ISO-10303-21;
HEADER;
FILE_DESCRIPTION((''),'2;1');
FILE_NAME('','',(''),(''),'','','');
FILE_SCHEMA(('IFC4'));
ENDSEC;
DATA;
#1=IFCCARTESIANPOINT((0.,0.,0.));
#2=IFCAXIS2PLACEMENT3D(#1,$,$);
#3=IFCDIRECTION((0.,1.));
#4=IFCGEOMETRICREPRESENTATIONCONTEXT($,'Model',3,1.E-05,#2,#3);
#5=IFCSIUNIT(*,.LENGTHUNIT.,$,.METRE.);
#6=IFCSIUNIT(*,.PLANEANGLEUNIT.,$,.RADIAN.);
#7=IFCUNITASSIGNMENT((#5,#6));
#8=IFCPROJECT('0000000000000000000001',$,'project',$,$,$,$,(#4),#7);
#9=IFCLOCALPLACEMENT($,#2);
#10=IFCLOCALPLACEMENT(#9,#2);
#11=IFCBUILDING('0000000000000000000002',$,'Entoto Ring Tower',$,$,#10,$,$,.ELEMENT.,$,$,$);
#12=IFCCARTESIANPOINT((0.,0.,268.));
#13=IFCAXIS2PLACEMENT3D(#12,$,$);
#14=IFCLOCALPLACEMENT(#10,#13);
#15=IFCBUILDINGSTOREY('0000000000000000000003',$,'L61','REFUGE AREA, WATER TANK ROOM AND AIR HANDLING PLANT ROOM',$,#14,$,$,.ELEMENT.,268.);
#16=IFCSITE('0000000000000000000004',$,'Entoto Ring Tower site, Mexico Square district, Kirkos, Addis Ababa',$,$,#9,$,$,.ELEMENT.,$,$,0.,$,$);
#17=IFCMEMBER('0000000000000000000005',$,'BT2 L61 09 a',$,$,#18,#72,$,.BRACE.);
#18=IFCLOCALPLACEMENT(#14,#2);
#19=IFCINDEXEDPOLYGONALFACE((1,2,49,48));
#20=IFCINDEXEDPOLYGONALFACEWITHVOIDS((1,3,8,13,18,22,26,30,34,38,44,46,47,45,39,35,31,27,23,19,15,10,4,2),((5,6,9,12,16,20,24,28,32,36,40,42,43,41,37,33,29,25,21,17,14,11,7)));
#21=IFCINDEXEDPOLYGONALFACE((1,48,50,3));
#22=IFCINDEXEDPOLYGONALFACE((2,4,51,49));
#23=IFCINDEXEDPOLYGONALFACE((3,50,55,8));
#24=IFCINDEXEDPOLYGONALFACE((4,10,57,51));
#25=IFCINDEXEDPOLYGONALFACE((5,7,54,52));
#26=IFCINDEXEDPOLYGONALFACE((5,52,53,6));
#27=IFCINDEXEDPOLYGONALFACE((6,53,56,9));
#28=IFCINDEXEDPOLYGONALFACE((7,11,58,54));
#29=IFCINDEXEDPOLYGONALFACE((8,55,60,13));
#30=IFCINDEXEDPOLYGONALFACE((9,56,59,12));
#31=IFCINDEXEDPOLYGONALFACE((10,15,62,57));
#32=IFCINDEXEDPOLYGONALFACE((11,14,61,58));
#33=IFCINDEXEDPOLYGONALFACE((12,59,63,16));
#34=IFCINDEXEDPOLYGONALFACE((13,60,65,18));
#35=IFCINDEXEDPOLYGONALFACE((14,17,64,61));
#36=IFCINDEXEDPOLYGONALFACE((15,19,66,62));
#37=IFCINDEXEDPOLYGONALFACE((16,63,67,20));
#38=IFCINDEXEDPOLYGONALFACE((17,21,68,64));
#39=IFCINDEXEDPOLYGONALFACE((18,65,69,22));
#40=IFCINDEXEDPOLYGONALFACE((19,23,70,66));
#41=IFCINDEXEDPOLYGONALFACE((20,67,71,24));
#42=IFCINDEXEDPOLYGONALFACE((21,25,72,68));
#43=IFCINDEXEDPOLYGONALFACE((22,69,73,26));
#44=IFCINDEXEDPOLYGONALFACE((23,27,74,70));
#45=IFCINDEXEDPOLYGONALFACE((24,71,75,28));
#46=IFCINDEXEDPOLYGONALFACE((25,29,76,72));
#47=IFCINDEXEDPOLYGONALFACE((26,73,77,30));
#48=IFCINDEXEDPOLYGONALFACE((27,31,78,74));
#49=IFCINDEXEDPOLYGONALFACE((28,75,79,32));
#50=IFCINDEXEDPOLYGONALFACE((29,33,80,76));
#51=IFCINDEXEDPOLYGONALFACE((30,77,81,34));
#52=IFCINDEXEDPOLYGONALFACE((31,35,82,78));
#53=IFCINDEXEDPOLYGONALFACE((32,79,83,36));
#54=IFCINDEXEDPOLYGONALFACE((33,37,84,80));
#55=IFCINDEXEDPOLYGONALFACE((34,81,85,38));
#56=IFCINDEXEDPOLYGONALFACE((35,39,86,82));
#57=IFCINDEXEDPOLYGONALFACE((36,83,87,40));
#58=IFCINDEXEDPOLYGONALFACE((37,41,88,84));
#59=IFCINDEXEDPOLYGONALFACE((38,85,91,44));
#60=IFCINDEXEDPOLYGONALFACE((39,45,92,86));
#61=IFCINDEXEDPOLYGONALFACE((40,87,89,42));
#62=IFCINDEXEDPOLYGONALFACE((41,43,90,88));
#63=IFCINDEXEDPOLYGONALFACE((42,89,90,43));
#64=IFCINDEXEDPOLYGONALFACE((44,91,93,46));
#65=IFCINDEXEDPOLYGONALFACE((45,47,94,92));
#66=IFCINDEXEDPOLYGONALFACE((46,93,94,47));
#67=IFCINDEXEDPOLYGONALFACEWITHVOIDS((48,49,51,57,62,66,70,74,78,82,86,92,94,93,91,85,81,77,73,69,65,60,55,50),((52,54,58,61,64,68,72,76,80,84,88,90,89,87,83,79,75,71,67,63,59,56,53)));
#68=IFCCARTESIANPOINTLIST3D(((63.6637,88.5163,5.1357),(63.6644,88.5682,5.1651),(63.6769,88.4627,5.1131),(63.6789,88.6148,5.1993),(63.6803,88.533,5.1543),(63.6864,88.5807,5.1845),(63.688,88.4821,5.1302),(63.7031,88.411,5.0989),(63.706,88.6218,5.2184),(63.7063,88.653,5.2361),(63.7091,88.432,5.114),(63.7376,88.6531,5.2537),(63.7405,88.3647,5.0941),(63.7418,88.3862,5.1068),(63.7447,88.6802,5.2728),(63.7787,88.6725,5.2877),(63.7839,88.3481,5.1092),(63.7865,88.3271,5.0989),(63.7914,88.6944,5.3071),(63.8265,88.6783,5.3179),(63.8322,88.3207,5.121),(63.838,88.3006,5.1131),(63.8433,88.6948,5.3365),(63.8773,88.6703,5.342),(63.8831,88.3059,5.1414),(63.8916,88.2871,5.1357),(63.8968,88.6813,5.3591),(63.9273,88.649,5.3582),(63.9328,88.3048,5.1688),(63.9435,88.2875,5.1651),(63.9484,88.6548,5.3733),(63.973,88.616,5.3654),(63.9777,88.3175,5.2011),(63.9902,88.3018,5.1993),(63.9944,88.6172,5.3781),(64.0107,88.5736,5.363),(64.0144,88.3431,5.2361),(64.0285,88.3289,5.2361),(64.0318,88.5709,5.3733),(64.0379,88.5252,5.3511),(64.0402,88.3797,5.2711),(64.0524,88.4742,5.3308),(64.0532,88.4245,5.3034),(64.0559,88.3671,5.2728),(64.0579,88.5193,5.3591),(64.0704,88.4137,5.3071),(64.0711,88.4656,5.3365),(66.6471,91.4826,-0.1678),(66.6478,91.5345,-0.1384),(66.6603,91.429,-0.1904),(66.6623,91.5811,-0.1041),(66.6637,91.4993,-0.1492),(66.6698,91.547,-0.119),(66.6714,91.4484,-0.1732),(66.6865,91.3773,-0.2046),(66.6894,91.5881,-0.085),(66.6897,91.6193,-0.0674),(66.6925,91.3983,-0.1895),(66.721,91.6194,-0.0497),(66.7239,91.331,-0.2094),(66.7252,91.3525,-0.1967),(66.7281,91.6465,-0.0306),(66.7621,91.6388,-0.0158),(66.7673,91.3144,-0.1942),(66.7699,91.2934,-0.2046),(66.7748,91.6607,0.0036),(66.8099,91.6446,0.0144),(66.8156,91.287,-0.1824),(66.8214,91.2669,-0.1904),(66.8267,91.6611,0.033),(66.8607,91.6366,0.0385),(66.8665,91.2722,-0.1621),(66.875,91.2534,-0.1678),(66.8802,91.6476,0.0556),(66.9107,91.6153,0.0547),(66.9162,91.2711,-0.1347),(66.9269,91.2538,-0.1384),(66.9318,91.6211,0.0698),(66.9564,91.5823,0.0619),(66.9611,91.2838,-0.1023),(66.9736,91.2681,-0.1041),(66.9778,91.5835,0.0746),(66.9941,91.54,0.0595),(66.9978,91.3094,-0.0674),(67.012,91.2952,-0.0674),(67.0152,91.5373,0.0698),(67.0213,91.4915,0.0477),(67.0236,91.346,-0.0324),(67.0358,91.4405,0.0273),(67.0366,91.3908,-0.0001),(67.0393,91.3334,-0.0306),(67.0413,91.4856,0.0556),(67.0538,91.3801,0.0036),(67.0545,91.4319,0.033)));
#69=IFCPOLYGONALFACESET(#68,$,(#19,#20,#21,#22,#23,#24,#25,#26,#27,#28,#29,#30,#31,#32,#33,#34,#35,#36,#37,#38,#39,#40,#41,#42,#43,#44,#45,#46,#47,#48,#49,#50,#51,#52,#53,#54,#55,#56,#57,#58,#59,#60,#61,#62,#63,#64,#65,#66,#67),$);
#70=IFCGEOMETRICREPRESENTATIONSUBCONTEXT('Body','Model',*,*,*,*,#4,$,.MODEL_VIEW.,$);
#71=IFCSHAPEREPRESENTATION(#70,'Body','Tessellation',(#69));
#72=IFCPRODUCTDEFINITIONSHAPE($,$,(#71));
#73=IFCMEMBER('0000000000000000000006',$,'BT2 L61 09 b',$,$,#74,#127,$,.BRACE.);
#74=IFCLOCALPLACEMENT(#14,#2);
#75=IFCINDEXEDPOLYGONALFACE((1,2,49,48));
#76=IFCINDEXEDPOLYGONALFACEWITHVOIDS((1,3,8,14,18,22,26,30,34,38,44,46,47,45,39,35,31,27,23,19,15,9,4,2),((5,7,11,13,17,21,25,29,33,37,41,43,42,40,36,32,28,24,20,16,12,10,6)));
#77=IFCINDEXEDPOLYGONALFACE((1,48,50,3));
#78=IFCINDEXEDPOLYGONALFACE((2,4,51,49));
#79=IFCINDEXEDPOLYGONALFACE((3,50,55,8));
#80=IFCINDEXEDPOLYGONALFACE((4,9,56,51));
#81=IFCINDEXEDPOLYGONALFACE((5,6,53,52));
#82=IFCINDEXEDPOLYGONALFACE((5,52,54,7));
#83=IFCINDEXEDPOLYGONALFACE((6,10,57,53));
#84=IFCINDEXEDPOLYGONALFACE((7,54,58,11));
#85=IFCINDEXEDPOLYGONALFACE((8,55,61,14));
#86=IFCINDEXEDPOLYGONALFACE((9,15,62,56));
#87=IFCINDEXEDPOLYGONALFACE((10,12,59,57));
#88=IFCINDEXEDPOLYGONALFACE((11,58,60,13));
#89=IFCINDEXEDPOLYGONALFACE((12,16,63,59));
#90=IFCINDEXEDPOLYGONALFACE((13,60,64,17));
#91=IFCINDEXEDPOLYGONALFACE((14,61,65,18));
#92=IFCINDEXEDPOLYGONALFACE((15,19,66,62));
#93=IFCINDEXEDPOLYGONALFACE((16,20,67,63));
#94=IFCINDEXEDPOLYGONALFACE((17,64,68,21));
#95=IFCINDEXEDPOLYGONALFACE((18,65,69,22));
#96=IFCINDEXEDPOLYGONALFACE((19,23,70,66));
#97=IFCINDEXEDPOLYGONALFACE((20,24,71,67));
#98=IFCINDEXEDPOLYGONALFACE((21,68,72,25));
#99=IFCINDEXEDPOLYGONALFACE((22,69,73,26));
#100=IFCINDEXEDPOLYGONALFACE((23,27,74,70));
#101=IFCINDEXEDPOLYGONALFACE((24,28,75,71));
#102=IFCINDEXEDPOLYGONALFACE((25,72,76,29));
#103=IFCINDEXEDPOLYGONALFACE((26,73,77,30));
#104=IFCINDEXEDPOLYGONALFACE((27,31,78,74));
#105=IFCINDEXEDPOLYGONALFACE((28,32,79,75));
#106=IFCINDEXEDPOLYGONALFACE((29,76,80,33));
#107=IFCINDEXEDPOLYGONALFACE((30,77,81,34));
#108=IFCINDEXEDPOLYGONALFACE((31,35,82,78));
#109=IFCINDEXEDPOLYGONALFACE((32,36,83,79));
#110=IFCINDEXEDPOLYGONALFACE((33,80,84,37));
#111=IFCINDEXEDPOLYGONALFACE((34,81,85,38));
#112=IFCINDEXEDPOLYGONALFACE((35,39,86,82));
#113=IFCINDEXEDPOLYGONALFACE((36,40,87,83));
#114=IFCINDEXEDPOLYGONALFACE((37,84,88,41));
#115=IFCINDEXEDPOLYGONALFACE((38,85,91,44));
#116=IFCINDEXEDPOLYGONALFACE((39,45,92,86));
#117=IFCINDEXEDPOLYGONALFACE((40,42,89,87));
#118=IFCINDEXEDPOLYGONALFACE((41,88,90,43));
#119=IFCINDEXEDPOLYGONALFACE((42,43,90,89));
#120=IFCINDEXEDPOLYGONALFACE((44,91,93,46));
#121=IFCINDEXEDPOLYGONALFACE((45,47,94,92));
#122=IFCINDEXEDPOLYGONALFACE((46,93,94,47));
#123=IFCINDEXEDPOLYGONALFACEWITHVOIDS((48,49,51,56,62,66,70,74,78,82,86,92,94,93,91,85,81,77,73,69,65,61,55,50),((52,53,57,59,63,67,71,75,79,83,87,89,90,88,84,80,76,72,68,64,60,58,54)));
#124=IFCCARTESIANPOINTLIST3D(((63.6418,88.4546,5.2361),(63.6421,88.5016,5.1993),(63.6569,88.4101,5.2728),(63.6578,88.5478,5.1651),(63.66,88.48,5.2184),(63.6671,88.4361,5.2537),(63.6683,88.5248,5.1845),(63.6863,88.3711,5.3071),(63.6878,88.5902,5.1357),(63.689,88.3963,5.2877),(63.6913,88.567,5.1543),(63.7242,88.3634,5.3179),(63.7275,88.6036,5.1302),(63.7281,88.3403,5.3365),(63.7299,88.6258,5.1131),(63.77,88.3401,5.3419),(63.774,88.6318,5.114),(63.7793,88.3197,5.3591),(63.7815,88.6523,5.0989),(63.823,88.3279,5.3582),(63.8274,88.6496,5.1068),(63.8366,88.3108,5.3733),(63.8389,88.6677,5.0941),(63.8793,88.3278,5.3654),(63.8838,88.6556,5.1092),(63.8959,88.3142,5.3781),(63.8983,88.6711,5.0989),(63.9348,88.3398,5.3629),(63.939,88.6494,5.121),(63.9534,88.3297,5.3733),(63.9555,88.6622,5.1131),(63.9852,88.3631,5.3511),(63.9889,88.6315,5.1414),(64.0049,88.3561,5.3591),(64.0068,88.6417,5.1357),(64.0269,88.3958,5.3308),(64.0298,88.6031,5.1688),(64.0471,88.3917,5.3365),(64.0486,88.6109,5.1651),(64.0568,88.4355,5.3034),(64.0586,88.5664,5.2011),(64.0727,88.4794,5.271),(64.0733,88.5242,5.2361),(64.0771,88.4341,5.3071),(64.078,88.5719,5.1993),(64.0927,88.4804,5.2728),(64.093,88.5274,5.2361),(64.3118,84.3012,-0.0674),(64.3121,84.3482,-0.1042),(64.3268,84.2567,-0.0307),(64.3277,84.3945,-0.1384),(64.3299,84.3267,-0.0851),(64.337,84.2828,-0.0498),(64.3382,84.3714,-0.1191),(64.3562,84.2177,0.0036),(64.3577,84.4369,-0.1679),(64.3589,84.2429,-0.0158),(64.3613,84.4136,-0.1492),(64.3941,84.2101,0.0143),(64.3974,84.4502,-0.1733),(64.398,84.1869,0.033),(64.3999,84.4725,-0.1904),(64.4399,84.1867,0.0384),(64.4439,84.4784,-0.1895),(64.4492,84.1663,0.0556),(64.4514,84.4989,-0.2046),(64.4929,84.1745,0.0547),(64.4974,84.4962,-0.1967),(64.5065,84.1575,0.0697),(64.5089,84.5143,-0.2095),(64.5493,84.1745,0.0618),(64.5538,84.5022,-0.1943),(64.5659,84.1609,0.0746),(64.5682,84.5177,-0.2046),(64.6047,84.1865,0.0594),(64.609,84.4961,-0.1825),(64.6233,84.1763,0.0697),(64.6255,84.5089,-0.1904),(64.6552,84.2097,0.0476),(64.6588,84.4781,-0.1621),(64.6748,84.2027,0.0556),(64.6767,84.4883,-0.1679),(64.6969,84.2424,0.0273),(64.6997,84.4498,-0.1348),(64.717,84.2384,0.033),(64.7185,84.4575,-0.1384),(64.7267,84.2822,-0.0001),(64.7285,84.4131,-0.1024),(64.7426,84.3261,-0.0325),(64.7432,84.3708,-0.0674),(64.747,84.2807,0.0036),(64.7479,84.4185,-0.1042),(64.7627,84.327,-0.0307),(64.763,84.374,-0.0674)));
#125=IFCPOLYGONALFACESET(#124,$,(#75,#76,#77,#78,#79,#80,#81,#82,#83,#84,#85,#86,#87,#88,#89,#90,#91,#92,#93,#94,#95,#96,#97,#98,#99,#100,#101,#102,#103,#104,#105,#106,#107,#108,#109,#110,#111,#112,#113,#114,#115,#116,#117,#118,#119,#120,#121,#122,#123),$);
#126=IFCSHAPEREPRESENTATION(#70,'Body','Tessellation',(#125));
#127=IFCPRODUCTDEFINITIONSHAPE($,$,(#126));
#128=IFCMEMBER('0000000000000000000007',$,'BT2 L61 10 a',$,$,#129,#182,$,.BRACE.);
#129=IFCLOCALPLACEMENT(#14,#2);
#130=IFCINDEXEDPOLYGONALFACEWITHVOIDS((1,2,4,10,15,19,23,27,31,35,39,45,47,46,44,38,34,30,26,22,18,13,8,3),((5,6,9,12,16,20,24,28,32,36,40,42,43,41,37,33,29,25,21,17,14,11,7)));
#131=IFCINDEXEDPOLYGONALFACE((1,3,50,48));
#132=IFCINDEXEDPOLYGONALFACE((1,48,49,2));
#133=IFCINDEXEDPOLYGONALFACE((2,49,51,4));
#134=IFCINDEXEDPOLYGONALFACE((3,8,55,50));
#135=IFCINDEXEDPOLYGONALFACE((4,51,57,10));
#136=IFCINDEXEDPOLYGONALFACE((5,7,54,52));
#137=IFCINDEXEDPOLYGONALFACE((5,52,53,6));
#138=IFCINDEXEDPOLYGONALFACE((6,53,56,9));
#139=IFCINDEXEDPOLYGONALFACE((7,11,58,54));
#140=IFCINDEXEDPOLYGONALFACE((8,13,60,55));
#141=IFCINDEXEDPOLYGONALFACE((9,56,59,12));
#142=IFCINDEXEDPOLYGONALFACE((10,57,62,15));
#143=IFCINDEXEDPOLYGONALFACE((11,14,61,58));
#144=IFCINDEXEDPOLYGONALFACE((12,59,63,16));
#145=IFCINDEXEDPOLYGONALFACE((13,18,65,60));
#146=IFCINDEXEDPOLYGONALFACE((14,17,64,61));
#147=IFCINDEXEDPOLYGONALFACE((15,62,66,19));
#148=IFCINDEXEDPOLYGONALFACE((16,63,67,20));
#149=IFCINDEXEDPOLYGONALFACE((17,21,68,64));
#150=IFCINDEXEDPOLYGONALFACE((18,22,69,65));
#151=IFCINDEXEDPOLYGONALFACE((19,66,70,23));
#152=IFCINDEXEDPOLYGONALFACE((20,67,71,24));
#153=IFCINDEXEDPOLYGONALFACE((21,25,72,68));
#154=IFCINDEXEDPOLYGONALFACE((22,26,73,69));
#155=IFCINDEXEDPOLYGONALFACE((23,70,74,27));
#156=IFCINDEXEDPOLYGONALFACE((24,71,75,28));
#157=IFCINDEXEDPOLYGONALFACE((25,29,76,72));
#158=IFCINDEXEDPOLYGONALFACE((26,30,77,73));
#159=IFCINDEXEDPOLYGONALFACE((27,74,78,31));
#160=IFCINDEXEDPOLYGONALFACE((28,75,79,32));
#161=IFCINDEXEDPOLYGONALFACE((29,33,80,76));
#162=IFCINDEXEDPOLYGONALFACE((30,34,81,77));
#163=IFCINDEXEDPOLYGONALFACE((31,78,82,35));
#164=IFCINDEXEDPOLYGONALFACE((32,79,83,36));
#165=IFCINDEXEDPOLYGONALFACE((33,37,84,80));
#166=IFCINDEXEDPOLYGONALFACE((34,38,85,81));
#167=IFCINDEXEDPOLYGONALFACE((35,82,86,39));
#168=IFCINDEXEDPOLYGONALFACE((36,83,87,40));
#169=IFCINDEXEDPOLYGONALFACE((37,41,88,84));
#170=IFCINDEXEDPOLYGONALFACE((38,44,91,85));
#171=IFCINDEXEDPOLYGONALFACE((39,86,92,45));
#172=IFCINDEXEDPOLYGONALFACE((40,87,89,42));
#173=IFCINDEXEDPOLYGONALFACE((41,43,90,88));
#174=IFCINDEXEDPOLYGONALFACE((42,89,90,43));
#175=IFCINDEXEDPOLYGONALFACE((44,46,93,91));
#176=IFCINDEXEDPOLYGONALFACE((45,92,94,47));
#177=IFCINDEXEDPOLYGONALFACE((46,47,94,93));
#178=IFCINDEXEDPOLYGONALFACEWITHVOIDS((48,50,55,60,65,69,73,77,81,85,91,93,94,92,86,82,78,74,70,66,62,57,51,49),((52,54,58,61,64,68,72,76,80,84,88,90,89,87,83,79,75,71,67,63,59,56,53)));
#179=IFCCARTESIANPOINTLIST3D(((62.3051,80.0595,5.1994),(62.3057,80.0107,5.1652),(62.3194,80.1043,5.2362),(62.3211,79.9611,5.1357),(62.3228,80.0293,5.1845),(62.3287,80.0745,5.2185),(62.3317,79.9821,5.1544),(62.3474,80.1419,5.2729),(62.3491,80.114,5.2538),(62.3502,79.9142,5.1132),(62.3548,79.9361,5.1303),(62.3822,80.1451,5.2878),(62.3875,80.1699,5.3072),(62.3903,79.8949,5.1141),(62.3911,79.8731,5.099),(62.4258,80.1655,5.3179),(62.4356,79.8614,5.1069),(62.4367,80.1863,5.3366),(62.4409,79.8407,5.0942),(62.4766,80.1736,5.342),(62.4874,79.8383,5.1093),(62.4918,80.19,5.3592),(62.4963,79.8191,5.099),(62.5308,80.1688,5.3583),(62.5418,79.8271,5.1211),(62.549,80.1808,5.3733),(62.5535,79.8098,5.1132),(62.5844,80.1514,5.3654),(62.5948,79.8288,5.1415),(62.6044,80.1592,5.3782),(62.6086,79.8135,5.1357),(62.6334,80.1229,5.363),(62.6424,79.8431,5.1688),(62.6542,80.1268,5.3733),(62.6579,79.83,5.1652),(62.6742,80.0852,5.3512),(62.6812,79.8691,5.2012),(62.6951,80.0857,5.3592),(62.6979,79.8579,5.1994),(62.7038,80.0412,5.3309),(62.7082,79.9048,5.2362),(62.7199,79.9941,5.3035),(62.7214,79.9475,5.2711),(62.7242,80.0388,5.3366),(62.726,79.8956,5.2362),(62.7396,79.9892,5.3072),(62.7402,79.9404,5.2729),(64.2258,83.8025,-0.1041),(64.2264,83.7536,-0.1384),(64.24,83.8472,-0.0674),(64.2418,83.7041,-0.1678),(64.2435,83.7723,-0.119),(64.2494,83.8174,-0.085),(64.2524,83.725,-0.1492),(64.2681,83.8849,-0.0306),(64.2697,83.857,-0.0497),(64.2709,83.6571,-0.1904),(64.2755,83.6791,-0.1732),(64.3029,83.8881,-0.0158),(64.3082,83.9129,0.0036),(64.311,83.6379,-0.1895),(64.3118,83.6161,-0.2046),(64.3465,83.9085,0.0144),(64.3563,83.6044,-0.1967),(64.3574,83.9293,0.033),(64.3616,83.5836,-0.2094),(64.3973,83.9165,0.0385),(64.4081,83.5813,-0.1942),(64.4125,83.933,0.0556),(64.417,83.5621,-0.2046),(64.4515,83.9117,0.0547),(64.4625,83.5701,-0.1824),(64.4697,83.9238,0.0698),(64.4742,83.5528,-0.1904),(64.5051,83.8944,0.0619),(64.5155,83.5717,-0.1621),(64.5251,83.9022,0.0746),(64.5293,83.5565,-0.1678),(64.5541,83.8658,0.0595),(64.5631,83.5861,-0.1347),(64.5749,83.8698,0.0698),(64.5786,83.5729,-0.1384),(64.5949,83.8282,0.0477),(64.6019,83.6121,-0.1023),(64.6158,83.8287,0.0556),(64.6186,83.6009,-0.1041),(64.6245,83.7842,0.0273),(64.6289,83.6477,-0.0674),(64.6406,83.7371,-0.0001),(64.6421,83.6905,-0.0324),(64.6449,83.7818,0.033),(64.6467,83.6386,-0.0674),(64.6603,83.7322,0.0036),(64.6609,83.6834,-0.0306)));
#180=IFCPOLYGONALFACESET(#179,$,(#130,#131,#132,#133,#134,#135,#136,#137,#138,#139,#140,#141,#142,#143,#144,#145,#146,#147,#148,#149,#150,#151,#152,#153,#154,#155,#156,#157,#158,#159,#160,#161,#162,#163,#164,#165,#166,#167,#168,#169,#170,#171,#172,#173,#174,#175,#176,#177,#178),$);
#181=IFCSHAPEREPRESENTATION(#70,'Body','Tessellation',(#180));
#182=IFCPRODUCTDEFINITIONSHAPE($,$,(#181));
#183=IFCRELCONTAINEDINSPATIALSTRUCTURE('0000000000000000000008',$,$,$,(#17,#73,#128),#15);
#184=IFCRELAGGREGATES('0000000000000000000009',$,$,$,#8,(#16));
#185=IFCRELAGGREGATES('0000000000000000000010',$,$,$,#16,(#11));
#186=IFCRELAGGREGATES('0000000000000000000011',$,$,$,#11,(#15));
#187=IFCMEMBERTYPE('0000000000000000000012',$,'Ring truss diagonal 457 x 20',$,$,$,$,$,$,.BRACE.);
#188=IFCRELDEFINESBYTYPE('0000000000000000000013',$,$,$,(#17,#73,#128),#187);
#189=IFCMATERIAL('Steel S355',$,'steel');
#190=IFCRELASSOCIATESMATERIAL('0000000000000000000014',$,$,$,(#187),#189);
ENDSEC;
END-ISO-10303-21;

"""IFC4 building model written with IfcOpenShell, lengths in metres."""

from ifc_helpers import new_model, si_unit, direction, frame, origin, origin_2d, place, context, subcontext, project, spatial, circle, hollow_circle, extrude, material, material_profile, profile_set, type_object, element, save


model = new_model("IFC4")

# Units and contexts
model_context = context("Model", 3, precision=1e-05, world=origin(), true_north=direction((0.0, 1.0)))
body_context = subcontext(model_context, "Body", "Model", "MODEL_VIEW")
ifc_project = project(units=[si_unit("LENGTHUNIT", "METRE"), si_unit("PLANEANGLEUNIT", "RADIAN")], contexts=[model_context])

# Site, building, storey
site_placement = place(None, origin())
site = spatial("IfcSite", under=ifc_project, at=site_placement, Name="Entoto Ring Tower site, Mexico Square district, Kirkos, Addis Ababa", CompositionType="ELEMENT", RefElevation=0.0)
building_placement = place(site_placement, origin())
building = spatial("IfcBuilding", under=site, at=building_placement, Name="Entoto Ring Tower", CompositionType="ELEMENT")
storey_placement = place(building_placement, frame((0.0, 0.0, 268.0)))
storey = spatial("IfcBuildingStorey", under=building, at=storey_placement, Name="L61", Description="REFUGE AREA, WATER TANK ROOM AND AIR HANDLING PLANT ROOM", CompositionType="ELEMENT", Elevation=268.0)

# Members
ifc_material_1 = material(Name="Steel S355", Category="steel")
ifc_material_profile_1 = material_profile(ifc_material_1, hollow_circle(Radius=0.2285, WallThickness=0.02, at=origin_2d()), Name="CHS 457 x 20")
ifc_material_2 = material(Name="Concrete C60/75", Category="concrete")
ifc_material_profile_2 = material_profile(ifc_material_2, circle(Radius=0.2085, at=origin_2d()), Name="Concrete C60/75 infill")
ifc_profile_set_1 = profile_set([ifc_material_profile_1, ifc_material_profile_2], Name="Steel S355")
member_type_1 = type_object("IfcMemberType", Name="Ring truss diagonal 457 x 20", PredefinedType="BRACE", material=ifc_profile_set_1)
for number, where, z_axis, x_axis, name in (
    (1, (66.8508, 91.4573, -0.0674), (-0.44071, -0.438186, 0.783433), (0.705073, -0.709135, 0.0), "BT2 L61 09 a"),
    (2, (63.8674, 88.491, 5.2361), (0.098962, -0.613538, -0.78344), (0.98724, 0.15924, 0.0), "BT2 L61 09 b"),
    (3, (64.4434, 83.7429, -0.0674), (-0.283725, -0.552915, 0.783444), (0.889701, -0.456544, 0.0), "BT2 L61 10 a"),
):
    element("IfcMember", number, at=place(storey_placement, frame(where, z_axis=z_axis, x_axis=x_axis)), inside=storey, type_object=member_type_1, Name=name, PredefinedType="BRACE", context=body_context, shape_type="SweptSolid", body=[
        extrude(hollow_circle(Radius=0.2285, WallThickness=0.02, at=origin_2d()), origin(), (0.0, 0.0, 1.0), 6.7695),
    ])

save(model, "model.ifc")
